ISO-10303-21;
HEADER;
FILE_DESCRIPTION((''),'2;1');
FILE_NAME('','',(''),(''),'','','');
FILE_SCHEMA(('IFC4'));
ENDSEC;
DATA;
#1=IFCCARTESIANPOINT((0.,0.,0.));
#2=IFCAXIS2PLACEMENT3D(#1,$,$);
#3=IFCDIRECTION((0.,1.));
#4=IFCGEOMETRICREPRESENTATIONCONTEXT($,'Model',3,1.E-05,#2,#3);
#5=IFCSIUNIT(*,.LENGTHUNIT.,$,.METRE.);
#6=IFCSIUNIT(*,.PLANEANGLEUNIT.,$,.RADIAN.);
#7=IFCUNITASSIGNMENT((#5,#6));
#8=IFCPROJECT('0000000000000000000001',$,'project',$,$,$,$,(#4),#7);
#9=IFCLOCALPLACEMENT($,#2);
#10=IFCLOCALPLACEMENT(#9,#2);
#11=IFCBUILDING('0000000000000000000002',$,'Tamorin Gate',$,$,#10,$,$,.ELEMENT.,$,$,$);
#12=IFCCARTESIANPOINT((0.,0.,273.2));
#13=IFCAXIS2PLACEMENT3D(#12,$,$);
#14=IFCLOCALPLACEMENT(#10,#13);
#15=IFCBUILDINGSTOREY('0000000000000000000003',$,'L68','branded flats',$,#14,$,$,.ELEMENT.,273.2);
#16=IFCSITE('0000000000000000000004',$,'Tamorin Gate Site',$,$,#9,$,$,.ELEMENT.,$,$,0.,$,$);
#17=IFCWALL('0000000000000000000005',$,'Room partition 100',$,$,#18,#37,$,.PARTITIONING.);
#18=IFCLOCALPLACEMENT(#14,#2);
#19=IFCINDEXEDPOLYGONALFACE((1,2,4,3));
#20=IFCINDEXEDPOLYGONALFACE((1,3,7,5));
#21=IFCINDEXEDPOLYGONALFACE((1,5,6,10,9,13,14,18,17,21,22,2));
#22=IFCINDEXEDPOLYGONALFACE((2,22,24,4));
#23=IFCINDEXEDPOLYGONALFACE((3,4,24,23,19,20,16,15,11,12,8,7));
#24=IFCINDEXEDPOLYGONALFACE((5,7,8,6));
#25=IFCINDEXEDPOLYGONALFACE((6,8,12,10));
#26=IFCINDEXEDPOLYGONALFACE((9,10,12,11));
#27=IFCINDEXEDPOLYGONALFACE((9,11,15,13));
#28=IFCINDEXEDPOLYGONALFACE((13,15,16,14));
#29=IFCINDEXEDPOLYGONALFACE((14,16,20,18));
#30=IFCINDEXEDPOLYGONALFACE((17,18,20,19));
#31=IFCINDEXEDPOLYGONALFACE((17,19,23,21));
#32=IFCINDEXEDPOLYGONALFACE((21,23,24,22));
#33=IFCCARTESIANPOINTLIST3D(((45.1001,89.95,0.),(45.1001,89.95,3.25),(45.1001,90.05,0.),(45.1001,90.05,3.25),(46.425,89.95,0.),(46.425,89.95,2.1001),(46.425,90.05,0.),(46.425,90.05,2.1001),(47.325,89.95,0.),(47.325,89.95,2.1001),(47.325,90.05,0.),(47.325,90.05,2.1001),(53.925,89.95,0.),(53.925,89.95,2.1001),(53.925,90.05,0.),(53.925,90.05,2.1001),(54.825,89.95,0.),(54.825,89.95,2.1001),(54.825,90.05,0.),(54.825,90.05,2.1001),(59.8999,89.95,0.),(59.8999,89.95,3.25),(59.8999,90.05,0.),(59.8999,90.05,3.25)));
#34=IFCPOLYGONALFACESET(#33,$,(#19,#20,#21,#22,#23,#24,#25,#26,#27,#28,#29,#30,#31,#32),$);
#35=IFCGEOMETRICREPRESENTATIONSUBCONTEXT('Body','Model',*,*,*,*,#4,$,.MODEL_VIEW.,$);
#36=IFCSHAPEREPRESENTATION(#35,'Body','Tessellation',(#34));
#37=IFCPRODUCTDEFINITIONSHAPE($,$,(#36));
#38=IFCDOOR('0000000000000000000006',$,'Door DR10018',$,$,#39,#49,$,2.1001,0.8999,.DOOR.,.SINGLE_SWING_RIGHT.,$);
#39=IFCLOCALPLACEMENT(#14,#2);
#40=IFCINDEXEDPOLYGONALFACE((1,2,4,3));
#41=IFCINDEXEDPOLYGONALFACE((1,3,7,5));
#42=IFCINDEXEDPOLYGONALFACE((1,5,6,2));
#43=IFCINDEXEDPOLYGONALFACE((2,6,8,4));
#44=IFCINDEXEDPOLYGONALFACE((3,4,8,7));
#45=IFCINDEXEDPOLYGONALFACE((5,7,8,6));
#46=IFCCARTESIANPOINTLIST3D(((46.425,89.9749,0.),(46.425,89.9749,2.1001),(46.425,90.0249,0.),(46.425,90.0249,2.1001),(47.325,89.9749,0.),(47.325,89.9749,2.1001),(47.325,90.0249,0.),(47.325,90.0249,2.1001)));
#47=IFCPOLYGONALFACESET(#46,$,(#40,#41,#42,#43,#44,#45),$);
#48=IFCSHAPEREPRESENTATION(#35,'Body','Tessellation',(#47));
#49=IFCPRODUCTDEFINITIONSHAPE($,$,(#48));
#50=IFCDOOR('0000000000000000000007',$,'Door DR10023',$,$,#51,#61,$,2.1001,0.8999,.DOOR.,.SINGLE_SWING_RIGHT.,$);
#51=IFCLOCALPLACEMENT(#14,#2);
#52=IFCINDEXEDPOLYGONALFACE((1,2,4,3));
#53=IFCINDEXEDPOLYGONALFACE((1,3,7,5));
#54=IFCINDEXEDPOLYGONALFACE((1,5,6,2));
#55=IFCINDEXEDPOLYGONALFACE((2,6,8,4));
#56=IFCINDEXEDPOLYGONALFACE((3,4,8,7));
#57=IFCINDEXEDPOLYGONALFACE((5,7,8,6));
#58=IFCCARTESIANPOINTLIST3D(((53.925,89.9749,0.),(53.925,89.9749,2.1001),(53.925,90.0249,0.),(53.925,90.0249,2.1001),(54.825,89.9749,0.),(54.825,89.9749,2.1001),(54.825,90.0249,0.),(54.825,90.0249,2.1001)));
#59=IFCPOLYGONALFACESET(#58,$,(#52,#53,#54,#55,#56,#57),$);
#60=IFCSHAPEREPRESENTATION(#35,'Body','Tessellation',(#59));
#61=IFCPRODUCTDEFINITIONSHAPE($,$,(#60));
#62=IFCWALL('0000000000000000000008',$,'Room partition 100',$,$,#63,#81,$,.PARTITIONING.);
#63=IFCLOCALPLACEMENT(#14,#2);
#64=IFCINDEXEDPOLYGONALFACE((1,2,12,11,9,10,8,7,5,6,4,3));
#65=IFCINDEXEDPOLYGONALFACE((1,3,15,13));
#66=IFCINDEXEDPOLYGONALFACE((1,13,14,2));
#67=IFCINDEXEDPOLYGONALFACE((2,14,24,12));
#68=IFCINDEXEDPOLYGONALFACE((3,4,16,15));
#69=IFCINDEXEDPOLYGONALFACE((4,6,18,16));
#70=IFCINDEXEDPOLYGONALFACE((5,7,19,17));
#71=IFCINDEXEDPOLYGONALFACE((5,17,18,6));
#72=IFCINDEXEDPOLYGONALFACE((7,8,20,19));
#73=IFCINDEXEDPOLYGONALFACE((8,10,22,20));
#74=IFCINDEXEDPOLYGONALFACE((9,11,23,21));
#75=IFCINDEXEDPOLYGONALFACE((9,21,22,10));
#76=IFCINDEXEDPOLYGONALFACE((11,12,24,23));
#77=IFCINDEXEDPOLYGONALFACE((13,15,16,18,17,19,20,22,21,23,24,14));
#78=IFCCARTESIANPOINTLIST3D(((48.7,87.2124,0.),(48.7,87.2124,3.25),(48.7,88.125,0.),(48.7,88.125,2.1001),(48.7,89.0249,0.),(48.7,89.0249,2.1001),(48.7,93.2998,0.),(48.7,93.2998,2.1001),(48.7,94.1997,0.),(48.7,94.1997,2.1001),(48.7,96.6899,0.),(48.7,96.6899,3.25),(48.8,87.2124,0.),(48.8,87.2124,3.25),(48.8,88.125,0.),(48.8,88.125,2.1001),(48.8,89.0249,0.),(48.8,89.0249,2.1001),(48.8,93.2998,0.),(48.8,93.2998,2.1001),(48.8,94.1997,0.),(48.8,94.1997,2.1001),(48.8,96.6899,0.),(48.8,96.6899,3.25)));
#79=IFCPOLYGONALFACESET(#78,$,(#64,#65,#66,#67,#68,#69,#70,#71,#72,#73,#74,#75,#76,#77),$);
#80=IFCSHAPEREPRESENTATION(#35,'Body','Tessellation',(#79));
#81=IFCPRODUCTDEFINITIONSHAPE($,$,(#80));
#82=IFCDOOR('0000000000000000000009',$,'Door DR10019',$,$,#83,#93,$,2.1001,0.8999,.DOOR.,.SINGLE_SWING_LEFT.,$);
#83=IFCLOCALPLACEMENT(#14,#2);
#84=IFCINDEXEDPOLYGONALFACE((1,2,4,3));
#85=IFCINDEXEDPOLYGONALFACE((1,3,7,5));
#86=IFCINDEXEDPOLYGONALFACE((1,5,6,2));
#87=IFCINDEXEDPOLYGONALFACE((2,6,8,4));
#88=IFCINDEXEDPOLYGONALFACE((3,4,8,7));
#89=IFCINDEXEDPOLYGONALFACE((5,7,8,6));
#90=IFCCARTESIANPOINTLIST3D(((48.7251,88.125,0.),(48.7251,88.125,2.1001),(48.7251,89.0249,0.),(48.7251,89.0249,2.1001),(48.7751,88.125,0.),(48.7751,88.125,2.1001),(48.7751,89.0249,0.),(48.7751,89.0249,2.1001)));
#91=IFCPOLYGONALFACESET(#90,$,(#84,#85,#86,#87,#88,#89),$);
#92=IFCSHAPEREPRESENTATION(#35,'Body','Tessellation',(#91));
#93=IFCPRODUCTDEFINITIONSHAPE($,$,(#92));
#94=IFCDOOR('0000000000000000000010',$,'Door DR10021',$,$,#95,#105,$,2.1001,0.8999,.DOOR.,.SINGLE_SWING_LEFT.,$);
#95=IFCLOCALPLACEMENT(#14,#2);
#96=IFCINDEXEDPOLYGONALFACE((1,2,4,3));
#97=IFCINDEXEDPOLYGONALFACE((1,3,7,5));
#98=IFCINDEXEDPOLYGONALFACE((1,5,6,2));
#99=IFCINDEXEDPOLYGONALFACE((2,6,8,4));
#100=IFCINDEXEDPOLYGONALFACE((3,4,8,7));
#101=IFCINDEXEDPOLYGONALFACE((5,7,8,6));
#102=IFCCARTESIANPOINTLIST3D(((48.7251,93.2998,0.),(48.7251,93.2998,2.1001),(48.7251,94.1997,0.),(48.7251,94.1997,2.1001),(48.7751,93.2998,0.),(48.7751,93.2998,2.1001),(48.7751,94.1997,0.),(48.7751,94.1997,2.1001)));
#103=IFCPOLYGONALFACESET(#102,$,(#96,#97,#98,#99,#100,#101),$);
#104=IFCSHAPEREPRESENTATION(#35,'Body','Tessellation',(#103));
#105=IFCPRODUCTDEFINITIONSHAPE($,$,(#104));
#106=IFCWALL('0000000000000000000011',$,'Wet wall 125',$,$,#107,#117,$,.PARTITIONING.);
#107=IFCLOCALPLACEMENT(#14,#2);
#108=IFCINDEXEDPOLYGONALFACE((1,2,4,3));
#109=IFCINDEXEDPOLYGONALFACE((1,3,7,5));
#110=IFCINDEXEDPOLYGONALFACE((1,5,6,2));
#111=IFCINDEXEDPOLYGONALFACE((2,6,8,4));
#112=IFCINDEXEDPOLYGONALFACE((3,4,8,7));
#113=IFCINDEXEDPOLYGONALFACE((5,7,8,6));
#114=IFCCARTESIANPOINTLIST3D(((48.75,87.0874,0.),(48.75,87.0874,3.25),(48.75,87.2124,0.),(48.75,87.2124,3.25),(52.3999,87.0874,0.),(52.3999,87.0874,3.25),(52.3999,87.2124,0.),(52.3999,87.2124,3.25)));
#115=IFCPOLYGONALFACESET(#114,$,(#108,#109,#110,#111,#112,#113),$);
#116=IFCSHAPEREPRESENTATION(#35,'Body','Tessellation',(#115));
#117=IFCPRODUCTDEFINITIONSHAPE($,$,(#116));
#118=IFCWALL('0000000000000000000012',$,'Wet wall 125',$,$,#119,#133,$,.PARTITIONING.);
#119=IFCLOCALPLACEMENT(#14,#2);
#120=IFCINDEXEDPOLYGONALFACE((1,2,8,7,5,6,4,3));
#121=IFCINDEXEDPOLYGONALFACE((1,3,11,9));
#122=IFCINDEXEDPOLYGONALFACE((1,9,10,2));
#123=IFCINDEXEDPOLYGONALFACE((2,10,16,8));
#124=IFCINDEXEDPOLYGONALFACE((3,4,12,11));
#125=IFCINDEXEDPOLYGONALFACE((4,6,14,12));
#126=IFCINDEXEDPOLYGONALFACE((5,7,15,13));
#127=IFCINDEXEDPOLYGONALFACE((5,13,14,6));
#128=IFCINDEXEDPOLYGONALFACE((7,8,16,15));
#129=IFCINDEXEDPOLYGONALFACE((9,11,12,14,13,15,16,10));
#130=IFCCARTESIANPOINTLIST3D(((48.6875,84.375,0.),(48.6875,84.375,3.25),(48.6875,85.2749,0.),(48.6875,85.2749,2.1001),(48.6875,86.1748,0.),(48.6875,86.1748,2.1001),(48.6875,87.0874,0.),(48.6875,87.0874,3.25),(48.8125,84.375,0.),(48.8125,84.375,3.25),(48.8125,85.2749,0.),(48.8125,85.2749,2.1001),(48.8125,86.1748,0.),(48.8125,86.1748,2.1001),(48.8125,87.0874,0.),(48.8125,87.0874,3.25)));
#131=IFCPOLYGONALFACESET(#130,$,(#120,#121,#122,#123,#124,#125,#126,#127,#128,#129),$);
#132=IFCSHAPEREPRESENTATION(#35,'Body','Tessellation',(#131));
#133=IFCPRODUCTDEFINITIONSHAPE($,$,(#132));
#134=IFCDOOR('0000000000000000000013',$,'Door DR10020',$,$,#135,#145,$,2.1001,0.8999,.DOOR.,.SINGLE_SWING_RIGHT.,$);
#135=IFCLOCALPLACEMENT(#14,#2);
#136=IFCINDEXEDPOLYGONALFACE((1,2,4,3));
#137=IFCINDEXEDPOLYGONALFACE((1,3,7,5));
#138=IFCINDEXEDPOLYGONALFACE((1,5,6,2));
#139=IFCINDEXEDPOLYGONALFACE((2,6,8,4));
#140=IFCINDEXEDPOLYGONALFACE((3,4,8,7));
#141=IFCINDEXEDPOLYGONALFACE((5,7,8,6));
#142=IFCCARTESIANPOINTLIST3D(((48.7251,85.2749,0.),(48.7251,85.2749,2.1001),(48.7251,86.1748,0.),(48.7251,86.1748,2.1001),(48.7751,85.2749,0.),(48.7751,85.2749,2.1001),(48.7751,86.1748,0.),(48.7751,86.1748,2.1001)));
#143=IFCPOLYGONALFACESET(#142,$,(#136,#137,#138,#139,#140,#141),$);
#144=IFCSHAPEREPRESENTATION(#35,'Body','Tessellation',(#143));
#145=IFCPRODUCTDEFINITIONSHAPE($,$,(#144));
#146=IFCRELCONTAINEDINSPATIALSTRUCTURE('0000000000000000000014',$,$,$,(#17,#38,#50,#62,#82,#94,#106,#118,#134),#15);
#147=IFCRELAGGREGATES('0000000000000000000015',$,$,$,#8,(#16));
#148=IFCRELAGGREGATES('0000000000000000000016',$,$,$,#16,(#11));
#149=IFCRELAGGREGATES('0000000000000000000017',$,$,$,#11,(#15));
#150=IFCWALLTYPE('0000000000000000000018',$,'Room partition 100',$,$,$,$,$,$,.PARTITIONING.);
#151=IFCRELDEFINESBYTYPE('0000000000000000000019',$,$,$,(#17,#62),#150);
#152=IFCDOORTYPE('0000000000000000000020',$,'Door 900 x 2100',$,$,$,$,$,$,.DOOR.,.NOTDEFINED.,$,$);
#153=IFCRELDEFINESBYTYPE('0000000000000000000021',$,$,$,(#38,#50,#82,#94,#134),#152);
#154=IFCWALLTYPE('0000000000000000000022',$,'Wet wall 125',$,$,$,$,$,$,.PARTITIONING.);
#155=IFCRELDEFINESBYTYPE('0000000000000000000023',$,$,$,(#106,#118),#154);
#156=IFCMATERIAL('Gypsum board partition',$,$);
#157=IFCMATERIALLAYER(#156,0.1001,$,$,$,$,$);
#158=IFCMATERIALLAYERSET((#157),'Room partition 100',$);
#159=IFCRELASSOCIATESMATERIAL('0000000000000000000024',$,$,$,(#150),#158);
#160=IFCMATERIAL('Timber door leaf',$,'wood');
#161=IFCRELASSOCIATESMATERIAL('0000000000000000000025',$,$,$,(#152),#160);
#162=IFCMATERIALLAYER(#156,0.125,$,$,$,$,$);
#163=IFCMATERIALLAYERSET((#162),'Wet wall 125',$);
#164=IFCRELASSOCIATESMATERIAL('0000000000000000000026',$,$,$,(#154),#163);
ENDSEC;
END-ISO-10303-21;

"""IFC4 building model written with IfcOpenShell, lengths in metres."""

from ifc_helpers import new_model, si_unit, direction, frame, frame_2d, origin, place, context, subcontext, project, spatial, rectangle, extrude, material, layer, layer_set, type_object, element, fill, save


model = new_model("IFC4")

# Units and contexts
model_context = context("Model", 3, precision=1e-05, world=origin(), true_north=direction((0.0, 1.0)))
body_context = subcontext(model_context, "Body", "Model", "MODEL_VIEW")
ifc_project = project(units=[si_unit("LENGTHUNIT", "METRE"), si_unit("PLANEANGLEUNIT", "RADIAN")], contexts=[model_context])

# Site, building, storey
site_placement = place(None, origin())
site = spatial("IfcSite", under=ifc_project, at=site_placement, Name="Tamorin Gate Site", CompositionType="ELEMENT", RefElevation=0.0)
building_placement = place(site_placement, origin())
building = spatial("IfcBuilding", under=site, at=building_placement, Name="Tamorin Gate", CompositionType="ELEMENT")
storey_placement = place(building_placement, frame((0.0, 0.0, 273.2)))
storey = spatial("IfcBuildingStorey", under=building, at=storey_placement, Name="L68", Description="branded flats", CompositionType="ELEMENT", Elevation=273.2)

# Shared definitions
ifc_material_1 = material(Name="Gypsum board partition")

# Walls, openings, doors
ifc_layer_1 = layer(ifc_material_1, 0.1001)
ifc_layer_set_1 = layer_set([ifc_layer_1], Name="Room partition 100")
wall_type_1 = type_object("IfcWallType", Name="Room partition 100", PredefinedType="PARTITIONING", material=ifc_layer_set_1)
wall_1_placement = place(storey_placement, frame((45.1001, 90.0, 0.0), z_axis=(0.0, 0.0, 1.0), x_axis=(1.0, 0.0, 0.0)))
wall_1 = element("IfcWall", 1, at=wall_1_placement, inside=storey, type_object=wall_type_1, Name="Room partition 100", PredefinedType="PARTITIONING", context=body_context, shape_type="SweptSolid", body=[
    extrude(rectangle(XDim=14.7998, YDim=0.1001, at=frame_2d((7.3999, 0.0))), origin(), (0.0, 0.0, 1.0), 3.25),
])
opening_1_placement = place(wall_1_placement, frame((1.325, 0.0, 0.0)))
opening_1 = element("IfcOpeningElement", 2, at=opening_1_placement, cuts=wall_1, PredefinedType="OPENING", context=body_context, shape_type="SweptSolid", body=[
    extrude(rectangle(XDim=0.8999, YDim=2.1001, at=frame_2d((0.45, 1.05))), frame((0.0, 0.0601, 0.0), z_axis=(0.0, -1.0, 0.0), x_axis=(1.0, 0.0, 0.0)), (0.0, 0.0, 1.0), 0.1201),
])
opening_2_placement = place(wall_1_placement, frame((8.825, 0.0, 0.0)))
opening_2 = element("IfcOpeningElement", 3, at=opening_2_placement, cuts=wall_1, PredefinedType="OPENING", context=body_context, shape_type="SweptSolid", body=[
    extrude(rectangle(XDim=0.8999, YDim=2.1001, at=frame_2d((0.45, 1.05))), frame((0.0, 0.0601, 0.0), z_axis=(0.0, -1.0, 0.0), x_axis=(1.0, 0.0, 0.0)), (0.0, 0.0, 1.0), 0.1201),
])
ifc_material_2 = material(Name="Timber door leaf", Category="wood")
door_type = type_object("IfcDoorType", Name="Door 900 x 2100", OperationType="NOTDEFINED", PredefinedType="DOOR", material=ifc_material_2)
door_1_placement = place(opening_1_placement, origin())
door_1 = element("IfcDoor", 4, at=door_1_placement, inside=storey, type_object=door_type, Name="Door DR10018", OperationType="SINGLE_SWING_RIGHT", OverallHeight=2.1001, OverallWidth=0.8999, PredefinedType="DOOR", context=body_context, shape_type="SweptSolid", body=[
    extrude(rectangle(XDim=0.8999, YDim=2.1001, at=frame_2d((0.45, 1.05))), frame((0.0, 0.0249, 0.0), z_axis=(0.0, -1.0, 0.0), x_axis=(1.0, 0.0, 0.0)), (0.0, 0.0, 1.0), 0.05),
])
fill(opening_1, door_1)
door_2_placement = place(opening_2_placement, origin())
door_2 = element("IfcDoor", 5, at=door_2_placement, inside=storey, type_object=door_type, Name="Door DR10023", OperationType="SINGLE_SWING_RIGHT", OverallHeight=2.1001, OverallWidth=0.8999, PredefinedType="DOOR", context=body_context, shape_type="SweptSolid", body=[
    extrude(rectangle(XDim=0.8999, YDim=2.1001, at=frame_2d((0.45, 1.05))), frame((0.0, 0.0249, 0.0), z_axis=(0.0, -1.0, 0.0), x_axis=(1.0, 0.0, 0.0)), (0.0, 0.0, 1.0), 0.05),
])
fill(opening_2, door_2)
wall_2_placement = place(storey_placement, frame((48.75, 87.2124, 0.0), z_axis=(0.0, 0.0, 1.0), x_axis=(0.0, 1.0, 0.0)))
wall_2 = element("IfcWall", 6, at=wall_2_placement, inside=storey, type_object=wall_type_1, Name="Room partition 100", PredefinedType="PARTITIONING", context=body_context, shape_type="SweptSolid", body=[
    extrude(rectangle(XDim=9.4775, YDim=0.1001, at=frame_2d((4.7388, 0.0))), origin(), (0.0, 0.0, 1.0), 3.25),
])
opening_3_placement = place(wall_2_placement, frame((0.9126, 0.0, 0.0)))
opening_3 = element("IfcOpeningElement", 7, at=opening_3_placement, cuts=wall_2, PredefinedType="OPENING", context=body_context, shape_type="SweptSolid", body=[
    extrude(rectangle(XDim=0.8999, YDim=2.1001, at=frame_2d((0.45, 1.05))), frame((0.0, 0.0601, 0.0), z_axis=(0.0, -1.0, 0.0), x_axis=(1.0, 0.0, 0.0)), (0.0, 0.0, 1.0), 0.1201),
])
opening_4_placement = place(wall_2_placement, frame((6.0874, 0.0, 0.0)))
opening_4 = element("IfcOpeningElement", 8, at=opening_4_placement, cuts=wall_2, PredefinedType="OPENING", context=body_context, shape_type="SweptSolid", body=[
    extrude(rectangle(XDim=0.8999, YDim=2.1001, at=frame_2d((0.45, 1.05))), frame((0.0, 0.0601, 0.0), z_axis=(0.0, -1.0, 0.0), x_axis=(1.0, 0.0, 0.0)), (0.0, 0.0, 1.0), 0.1201),
])
door_3_placement = place(opening_3_placement, origin())
door_3 = element("IfcDoor", 9, at=door_3_placement, inside=storey, type_object=door_type, Name="Door DR10019", OperationType="SINGLE_SWING_LEFT", OverallHeight=2.1001, OverallWidth=0.8999, PredefinedType="DOOR", context=body_context, shape_type="SweptSolid", body=[
    extrude(rectangle(XDim=0.8999, YDim=2.1001, at=frame_2d((0.45, 1.05))), frame((0.0, 0.0249, 0.0), z_axis=(0.0, -1.0, 0.0), x_axis=(1.0, 0.0, 0.0)), (0.0, 0.0, 1.0), 0.05),
])
fill(opening_3, door_3)
door_4_placement = place(opening_4_placement, origin())
door_4 = element("IfcDoor", 10, at=door_4_placement, inside=storey, type_object=door_type, Name="Door DR10021", OperationType="SINGLE_SWING_LEFT", OverallHeight=2.1001, OverallWidth=0.8999, PredefinedType="DOOR", context=body_context, shape_type="SweptSolid", body=[
    extrude(rectangle(XDim=0.8999, YDim=2.1001, at=frame_2d((0.45, 1.05))), frame((0.0, 0.0249, 0.0), z_axis=(0.0, -1.0, 0.0), x_axis=(1.0, 0.0, 0.0)), (0.0, 0.0, 1.0), 0.05),
])
fill(opening_4, door_4)

# Wall
ifc_layer_2 = layer(ifc_material_1, 0.125)
ifc_layer_set_2 = layer_set([ifc_layer_2], Name="Wet wall 125")
wall_type_2 = type_object("IfcWallType", Name="Wet wall 125", PredefinedType="PARTITIONING", material=ifc_layer_set_2)
wall_3_placement = place(storey_placement, frame((48.75, 87.1499, 0.0), z_axis=(0.0, 0.0, 1.0), x_axis=(1.0, 0.0, 0.0)))
element("IfcWall", 11, at=wall_3_placement, inside=storey, type_object=wall_type_2, Name="Wet wall 125", PredefinedType="PARTITIONING", context=body_context, shape_type="SweptSolid", body=[
    extrude(rectangle(XDim=3.6499, YDim=0.125, at=frame_2d((1.825, 0.0))), origin(), (0.0, 0.0, 1.0), 3.25),
])

# Wall, opening, door
wall_4_placement = place(storey_placement, frame((48.75, 84.375, 0.0), z_axis=(0.0, 0.0, 1.0), x_axis=(0.0, 1.0, 0.0)))
wall_4 = element("IfcWall", 12, at=wall_4_placement, inside=storey, type_object=wall_type_2, Name="Wet wall 125", PredefinedType="PARTITIONING", context=body_context, shape_type="SweptSolid", body=[
    extrude(rectangle(XDim=2.7124, YDim=0.125, at=frame_2d((1.3562, 0.0))), origin(), (0.0, 0.0, 1.0), 3.25),
])
opening_5_placement = place(wall_4_placement, frame((0.8999, 0.0, 0.0)))
opening_5 = element("IfcOpeningElement", 13, at=opening_5_placement, cuts=wall_4, PredefinedType="OPENING", context=body_context, shape_type="SweptSolid", body=[
    extrude(rectangle(XDim=0.8999, YDim=2.1001, at=frame_2d((0.45, 1.05))), frame((0.0, 0.0725, 0.0), z_axis=(0.0, -1.0, 0.0), x_axis=(1.0, 0.0, 0.0)), (0.0, 0.0, 1.0), 0.145),
])
door_5_placement = place(opening_5_placement, origin())
door_5 = element("IfcDoor", 14, at=door_5_placement, inside=storey, type_object=door_type, Name="Door DR10020", OperationType="SINGLE_SWING_RIGHT", OverallHeight=2.1001, OverallWidth=0.8999, PredefinedType="DOOR", context=body_context, shape_type="SweptSolid", body=[
    extrude(rectangle(XDim=0.8999, YDim=2.1001, at=frame_2d((0.45, 1.05))), frame((0.0, 0.0249, 0.0), z_axis=(0.0, -1.0, 0.0), x_axis=(1.0, 0.0, 0.0)), (0.0, 0.0, 1.0), 0.05),
])
fill(opening_5, door_5)

save(model, "model.ifc")
